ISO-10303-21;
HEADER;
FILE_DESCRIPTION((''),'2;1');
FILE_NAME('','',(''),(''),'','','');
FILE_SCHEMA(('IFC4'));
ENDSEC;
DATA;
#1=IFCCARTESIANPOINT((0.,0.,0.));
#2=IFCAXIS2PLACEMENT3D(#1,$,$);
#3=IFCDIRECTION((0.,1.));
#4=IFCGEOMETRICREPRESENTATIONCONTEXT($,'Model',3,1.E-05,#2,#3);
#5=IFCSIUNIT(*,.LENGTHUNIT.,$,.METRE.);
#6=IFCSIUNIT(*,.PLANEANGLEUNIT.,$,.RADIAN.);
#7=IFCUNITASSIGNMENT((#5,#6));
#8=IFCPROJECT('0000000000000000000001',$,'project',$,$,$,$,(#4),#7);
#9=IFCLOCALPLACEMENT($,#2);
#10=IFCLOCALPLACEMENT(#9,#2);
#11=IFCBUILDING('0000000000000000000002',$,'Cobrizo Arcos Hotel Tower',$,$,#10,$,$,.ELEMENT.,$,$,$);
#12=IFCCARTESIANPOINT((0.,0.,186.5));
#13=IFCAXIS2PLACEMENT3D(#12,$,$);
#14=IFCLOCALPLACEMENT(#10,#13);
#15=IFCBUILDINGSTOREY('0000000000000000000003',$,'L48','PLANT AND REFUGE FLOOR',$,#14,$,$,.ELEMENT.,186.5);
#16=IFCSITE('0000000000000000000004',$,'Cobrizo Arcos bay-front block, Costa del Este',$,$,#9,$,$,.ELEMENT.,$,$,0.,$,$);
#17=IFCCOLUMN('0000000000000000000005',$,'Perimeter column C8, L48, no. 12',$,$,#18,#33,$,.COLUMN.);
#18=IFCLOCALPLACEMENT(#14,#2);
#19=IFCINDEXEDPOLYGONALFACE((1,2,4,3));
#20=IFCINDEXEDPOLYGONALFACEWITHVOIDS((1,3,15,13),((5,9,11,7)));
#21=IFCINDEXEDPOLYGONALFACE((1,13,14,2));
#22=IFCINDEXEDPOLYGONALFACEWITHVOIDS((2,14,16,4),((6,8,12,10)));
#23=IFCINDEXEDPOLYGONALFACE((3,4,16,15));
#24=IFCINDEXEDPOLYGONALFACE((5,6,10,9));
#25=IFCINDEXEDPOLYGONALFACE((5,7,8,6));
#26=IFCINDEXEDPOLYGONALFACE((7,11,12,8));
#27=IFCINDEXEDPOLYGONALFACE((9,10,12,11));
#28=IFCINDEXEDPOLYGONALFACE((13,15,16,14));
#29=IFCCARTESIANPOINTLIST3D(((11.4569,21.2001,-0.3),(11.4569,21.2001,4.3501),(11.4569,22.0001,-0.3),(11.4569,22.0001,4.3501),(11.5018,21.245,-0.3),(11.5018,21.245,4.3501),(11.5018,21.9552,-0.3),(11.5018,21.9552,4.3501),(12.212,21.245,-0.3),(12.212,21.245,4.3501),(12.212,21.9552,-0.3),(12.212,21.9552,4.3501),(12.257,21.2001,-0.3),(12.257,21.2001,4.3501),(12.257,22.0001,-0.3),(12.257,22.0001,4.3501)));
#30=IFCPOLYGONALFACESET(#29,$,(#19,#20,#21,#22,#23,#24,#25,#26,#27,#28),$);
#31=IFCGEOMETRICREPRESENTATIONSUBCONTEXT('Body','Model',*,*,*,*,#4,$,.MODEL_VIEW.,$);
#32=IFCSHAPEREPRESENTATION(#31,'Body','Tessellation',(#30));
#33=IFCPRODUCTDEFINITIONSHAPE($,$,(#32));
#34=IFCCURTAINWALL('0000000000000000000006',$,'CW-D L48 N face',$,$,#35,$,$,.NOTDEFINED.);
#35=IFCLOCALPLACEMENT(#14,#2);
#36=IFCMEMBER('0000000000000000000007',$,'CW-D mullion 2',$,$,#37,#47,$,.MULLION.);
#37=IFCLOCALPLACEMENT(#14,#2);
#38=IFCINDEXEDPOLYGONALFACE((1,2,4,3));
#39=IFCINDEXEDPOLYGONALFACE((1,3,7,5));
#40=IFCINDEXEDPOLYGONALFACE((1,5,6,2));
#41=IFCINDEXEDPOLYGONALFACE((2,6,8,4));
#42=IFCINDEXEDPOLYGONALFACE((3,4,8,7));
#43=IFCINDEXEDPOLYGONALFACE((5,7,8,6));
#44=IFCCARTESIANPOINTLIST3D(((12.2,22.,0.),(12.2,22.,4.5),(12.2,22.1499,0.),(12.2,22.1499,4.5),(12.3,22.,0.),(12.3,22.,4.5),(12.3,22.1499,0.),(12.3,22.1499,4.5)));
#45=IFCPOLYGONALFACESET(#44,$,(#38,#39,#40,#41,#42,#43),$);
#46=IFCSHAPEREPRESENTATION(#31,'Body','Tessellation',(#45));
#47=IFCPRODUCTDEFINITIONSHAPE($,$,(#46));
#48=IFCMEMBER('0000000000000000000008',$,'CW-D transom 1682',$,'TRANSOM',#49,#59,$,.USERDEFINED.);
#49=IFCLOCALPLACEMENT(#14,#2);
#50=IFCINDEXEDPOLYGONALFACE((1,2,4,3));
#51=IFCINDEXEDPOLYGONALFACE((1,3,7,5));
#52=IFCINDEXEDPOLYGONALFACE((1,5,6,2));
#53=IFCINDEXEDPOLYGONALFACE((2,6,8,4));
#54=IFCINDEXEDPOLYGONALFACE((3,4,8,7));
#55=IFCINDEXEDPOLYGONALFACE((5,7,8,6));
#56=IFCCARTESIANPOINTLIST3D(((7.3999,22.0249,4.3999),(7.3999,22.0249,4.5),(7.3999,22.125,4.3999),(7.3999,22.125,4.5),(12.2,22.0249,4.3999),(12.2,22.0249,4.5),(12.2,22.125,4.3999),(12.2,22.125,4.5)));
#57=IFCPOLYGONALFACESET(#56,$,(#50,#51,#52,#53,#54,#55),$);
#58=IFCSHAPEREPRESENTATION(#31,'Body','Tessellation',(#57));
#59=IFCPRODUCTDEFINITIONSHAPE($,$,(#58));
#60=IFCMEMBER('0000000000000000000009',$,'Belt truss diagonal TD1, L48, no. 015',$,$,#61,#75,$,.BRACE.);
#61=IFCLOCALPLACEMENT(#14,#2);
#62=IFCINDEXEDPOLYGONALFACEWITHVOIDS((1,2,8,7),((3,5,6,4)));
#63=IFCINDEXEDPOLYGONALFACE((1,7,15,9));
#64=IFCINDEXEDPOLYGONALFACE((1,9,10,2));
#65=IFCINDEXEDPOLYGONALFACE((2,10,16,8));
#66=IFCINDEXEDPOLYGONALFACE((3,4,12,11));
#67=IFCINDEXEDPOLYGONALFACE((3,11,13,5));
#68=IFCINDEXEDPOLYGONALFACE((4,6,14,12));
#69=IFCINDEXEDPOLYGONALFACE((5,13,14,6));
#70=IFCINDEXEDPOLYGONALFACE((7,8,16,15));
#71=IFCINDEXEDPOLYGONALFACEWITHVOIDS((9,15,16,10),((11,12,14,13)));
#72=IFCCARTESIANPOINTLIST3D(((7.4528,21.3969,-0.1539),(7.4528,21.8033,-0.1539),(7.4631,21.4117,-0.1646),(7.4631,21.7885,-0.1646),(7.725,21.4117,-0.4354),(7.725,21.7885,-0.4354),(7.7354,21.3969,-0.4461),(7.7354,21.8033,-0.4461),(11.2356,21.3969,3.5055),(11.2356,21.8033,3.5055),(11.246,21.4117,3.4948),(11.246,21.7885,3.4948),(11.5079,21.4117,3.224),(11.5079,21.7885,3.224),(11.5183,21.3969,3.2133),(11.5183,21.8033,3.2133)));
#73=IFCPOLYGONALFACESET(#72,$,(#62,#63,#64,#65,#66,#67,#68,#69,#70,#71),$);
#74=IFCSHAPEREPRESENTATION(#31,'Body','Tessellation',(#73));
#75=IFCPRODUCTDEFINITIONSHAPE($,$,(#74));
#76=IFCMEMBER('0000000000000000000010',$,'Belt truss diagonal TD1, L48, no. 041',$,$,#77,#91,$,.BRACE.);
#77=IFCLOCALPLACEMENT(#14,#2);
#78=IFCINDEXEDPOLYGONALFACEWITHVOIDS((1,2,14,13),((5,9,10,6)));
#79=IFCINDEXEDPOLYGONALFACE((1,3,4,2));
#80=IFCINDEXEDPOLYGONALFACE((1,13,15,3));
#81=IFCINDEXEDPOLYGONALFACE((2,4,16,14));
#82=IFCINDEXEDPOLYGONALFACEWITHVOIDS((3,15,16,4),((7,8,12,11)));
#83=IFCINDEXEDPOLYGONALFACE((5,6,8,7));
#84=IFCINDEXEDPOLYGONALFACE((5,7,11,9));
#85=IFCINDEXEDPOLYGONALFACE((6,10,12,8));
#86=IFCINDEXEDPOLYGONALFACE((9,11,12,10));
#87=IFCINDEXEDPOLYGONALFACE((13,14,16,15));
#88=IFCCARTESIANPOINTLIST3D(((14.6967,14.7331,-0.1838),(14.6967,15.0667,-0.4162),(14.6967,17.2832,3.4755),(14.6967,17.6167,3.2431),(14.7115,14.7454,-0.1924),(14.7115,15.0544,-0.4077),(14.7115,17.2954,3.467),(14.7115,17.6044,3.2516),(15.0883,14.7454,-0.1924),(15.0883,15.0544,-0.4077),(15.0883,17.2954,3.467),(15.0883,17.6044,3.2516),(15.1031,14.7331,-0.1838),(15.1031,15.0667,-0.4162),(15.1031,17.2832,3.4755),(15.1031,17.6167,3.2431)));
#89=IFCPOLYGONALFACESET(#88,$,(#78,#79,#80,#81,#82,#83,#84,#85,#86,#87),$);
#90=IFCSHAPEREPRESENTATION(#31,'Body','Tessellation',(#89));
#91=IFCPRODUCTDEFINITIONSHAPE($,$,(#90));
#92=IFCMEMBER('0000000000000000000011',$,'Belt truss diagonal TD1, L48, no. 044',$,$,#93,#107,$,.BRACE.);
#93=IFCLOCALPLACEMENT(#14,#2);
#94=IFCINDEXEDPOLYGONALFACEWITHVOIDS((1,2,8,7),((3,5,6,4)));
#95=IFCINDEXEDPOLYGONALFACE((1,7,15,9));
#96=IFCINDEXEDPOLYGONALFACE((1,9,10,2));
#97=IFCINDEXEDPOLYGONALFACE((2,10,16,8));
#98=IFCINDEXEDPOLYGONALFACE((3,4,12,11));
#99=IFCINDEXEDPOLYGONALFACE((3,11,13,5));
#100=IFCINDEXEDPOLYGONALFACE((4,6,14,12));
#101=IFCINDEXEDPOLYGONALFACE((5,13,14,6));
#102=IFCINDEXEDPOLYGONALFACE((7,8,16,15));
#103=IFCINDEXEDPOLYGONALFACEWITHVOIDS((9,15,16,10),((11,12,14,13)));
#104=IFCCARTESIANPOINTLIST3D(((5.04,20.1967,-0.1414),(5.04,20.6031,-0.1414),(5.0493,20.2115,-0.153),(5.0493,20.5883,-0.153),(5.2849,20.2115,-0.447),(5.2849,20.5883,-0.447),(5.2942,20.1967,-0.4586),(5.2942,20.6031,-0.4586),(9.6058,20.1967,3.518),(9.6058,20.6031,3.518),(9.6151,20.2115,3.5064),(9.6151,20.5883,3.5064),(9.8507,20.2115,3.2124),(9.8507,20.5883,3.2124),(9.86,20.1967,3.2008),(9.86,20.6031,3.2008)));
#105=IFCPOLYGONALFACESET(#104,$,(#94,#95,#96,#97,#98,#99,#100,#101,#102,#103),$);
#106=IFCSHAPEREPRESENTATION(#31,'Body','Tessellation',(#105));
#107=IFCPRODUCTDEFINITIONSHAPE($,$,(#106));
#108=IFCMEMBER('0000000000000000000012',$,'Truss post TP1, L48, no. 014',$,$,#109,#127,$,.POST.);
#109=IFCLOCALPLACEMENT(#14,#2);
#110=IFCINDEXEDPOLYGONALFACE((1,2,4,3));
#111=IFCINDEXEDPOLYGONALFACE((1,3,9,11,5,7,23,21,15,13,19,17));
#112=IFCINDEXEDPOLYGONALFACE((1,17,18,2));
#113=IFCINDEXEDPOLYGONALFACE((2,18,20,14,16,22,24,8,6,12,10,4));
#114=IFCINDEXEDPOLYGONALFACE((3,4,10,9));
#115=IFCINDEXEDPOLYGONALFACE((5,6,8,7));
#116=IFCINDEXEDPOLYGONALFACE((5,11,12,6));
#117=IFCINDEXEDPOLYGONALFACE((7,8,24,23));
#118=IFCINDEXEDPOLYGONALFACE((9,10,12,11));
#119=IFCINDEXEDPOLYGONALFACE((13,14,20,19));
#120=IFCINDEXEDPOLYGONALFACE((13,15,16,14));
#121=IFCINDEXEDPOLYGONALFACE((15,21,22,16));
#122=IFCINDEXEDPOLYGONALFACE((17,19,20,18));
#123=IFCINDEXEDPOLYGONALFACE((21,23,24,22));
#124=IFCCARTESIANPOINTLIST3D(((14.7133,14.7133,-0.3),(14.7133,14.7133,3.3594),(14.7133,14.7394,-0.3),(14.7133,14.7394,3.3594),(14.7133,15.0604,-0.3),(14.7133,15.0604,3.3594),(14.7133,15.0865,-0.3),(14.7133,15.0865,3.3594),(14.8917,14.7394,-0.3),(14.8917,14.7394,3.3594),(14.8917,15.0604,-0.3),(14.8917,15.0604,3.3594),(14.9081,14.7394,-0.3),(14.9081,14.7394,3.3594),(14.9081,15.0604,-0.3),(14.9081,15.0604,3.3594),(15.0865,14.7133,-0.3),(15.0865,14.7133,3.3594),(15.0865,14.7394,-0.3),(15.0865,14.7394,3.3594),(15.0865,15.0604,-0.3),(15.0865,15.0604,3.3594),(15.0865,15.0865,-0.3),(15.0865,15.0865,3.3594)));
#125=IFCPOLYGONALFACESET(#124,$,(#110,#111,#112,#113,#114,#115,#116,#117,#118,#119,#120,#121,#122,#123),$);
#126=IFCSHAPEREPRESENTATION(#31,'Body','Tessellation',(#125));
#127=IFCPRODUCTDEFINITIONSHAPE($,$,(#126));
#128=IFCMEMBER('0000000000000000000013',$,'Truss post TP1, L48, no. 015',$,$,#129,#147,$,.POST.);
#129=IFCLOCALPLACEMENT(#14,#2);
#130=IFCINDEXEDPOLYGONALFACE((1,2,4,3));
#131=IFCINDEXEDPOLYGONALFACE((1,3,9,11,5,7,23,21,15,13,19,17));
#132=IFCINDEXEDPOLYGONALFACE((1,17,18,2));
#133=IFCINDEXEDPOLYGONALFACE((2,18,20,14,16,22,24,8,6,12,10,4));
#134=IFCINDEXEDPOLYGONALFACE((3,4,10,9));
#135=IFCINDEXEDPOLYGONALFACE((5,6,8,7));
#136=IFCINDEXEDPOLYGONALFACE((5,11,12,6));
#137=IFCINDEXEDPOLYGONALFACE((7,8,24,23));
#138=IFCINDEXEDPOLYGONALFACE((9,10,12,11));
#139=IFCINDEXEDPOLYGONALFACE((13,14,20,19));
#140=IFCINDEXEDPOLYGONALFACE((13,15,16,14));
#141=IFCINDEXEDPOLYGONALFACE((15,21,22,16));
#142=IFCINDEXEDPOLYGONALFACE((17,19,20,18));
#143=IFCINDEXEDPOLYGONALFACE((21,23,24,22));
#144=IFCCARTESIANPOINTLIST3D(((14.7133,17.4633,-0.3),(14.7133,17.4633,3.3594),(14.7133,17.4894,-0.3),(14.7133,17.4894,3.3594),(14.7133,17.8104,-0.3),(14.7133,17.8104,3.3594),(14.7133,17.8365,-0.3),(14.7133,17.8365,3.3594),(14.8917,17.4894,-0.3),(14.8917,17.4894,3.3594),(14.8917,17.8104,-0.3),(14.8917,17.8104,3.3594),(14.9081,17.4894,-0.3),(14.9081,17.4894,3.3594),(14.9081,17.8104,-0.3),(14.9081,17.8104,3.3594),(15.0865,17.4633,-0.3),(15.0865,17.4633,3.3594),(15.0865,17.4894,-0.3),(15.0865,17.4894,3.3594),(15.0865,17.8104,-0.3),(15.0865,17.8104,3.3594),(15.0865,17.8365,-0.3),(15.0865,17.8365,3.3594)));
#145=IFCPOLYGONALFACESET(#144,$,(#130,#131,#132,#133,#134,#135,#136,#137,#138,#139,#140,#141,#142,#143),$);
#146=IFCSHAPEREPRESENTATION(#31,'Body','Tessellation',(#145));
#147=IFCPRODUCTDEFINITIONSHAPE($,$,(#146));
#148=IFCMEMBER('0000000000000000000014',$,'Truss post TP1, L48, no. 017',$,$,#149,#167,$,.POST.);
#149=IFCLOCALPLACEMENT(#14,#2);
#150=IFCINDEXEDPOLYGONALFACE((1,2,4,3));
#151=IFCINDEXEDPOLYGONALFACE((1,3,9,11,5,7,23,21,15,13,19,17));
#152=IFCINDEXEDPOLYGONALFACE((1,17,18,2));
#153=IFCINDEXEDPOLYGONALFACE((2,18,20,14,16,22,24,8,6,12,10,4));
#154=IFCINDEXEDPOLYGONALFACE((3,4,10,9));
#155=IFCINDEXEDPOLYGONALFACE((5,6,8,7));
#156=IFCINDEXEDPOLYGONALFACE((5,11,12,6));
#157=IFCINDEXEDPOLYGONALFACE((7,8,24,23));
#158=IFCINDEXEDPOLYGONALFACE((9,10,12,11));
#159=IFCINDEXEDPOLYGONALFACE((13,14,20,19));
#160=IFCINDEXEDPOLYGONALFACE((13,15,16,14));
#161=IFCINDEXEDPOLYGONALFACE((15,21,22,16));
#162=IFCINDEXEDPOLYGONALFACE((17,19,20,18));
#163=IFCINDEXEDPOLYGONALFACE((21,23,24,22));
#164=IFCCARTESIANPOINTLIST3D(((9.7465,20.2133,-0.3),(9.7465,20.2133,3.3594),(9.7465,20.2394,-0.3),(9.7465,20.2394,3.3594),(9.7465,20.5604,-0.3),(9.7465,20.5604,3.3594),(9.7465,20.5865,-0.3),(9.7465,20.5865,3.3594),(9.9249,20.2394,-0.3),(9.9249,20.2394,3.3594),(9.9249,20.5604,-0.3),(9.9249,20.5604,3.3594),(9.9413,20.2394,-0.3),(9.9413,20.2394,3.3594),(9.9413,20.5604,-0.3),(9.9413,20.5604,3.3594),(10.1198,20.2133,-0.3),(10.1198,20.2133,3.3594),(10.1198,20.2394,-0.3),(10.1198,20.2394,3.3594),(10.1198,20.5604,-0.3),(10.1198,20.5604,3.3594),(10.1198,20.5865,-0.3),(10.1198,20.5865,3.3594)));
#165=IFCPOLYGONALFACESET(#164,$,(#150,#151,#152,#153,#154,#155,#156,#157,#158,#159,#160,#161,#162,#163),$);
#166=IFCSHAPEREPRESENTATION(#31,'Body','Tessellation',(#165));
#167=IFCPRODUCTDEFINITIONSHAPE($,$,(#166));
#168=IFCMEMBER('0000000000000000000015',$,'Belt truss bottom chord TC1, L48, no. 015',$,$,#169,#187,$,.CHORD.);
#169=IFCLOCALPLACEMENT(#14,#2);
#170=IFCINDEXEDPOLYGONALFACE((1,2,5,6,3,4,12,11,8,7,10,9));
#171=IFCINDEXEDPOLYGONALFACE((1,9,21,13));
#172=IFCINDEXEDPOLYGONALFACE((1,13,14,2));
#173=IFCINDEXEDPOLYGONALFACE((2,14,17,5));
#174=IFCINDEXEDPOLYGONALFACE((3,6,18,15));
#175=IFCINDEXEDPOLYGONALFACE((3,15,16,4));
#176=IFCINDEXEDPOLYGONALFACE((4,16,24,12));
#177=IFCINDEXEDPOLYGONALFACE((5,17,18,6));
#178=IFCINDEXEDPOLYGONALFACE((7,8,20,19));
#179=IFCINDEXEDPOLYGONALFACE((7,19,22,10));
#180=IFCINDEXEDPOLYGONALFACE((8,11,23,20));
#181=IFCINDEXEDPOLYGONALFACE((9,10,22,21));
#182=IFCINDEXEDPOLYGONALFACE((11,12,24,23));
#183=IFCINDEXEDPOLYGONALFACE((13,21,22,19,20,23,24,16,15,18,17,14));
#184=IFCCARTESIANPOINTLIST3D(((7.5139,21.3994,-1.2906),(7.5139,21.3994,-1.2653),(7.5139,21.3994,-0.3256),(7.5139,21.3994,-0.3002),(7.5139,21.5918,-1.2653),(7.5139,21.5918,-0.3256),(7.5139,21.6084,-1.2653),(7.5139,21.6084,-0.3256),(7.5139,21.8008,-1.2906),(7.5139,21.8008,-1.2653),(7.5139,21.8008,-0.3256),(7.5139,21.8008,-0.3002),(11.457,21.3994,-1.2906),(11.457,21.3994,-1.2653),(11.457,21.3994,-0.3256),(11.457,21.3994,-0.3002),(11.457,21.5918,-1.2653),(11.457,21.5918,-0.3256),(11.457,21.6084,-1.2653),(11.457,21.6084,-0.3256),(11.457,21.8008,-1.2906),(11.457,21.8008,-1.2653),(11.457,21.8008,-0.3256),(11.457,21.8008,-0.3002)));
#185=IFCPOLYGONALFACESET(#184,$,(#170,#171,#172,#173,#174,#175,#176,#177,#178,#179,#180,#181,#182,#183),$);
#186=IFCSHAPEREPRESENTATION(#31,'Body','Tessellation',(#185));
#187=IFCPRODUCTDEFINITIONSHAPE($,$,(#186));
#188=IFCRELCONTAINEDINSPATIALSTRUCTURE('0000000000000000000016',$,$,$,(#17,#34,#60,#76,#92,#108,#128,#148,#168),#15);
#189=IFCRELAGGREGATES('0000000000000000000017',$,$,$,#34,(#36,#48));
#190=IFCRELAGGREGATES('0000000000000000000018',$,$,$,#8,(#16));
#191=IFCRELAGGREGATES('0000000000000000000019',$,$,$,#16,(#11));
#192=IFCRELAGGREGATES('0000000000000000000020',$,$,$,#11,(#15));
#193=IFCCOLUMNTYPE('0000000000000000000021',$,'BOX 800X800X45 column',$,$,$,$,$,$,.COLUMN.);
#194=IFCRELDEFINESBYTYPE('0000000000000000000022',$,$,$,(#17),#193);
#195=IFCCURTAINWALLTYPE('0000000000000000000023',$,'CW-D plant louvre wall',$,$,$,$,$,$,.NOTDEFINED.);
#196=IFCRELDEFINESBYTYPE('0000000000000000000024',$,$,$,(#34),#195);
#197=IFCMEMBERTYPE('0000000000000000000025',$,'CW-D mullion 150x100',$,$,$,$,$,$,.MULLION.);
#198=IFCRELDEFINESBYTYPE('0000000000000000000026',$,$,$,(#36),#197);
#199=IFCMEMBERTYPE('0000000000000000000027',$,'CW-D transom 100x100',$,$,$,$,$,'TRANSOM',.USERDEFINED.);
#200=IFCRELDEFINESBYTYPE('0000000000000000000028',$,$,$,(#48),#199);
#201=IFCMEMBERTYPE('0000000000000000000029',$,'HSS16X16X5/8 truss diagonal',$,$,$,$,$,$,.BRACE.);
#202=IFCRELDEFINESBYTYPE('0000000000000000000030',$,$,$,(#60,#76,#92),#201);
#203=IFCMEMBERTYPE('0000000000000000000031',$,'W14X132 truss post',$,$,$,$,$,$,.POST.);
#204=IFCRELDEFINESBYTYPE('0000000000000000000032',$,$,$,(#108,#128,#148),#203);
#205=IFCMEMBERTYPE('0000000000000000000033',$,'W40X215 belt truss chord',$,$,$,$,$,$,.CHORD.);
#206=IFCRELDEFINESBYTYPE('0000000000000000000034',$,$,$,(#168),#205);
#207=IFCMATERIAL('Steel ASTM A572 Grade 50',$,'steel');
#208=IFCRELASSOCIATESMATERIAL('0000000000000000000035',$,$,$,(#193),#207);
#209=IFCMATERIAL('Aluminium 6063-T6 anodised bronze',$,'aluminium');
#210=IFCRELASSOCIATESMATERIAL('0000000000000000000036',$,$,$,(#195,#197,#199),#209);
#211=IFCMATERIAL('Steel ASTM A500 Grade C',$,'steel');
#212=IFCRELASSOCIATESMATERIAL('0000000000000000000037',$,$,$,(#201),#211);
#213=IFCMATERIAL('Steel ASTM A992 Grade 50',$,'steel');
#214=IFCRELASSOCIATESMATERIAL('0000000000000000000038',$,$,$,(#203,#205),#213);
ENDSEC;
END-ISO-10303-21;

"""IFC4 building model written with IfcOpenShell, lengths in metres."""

from ifc_helpers import new_model, si_unit, direction, frame, origin, origin_2d, place, context, subcontext, project, spatial, rectangle, hollow_rectangle, i_section, extrude, material, material_profile, profile_set, type_object, element, aggregate, save


model = new_model("IFC4")

# Units and contexts
model_context = context("Model", 3, precision=1e-05, world=origin(), true_north=direction((0.0, 1.0)))
body_context = subcontext(model_context, "Body", "Model", "MODEL_VIEW")
ifc_project = project(units=[si_unit("LENGTHUNIT", "METRE"), si_unit("PLANEANGLEUNIT", "RADIAN")], contexts=[model_context])

# Site, building, storey
site_placement = place(None, origin())
site = spatial("IfcSite", under=ifc_project, at=site_placement, Name="Cobrizo Arcos bay-front block, Costa del Este", CompositionType="ELEMENT", RefElevation=0.0)
building_placement = place(site_placement, origin())
building = spatial("IfcBuilding", under=site, at=building_placement, Name="Cobrizo Arcos Hotel Tower", CompositionType="ELEMENT")
storey_placement = place(building_placement, frame((0.0, 0.0, 186.5)))
storey = spatial("IfcBuildingStorey", under=building, at=storey_placement, Name="L48", Description="PLANT AND REFUGE FLOOR", CompositionType="ELEMENT", Elevation=186.5)

# Column
ifc_material_1 = material(Name="Steel ASTM A572 Grade 50", Category="steel")
ifc_material_profile_1 = material_profile(ifc_material_1, hollow_rectangle(XDim=0.8, YDim=0.8, WallThickness=0.0449, at=origin_2d()), Name="BOX 800X800X45")
ifc_profile_set_1 = profile_set([ifc_material_profile_1], Name="Steel ASTM A572 Grade 50")
column_type = type_object("IfcColumnType", Name="BOX 800X800X45 column", PredefinedType="COLUMN", material=ifc_profile_set_1)
column_placement = place(storey_placement, frame((11.8569, 21.6001, -0.3), z_axis=(0.0, 0.0, 1.0), x_axis=(1.0, 0.0, 0.0)))
element("IfcColumn", 1, at=column_placement, inside=storey, type_object=column_type, Name="Perimeter column C8, L48, no. 12", PredefinedType="COLUMN", context=body_context, shape_type="SweptSolid", body=[
    extrude(hollow_rectangle(XDim=0.8, YDim=0.8, WallThickness=0.0449, at=origin_2d()), origin(), (0.0, 0.0, 1.0), 4.6501),
])

# Curtain wall, members
ifc_material_2 = material(Name="Aluminium 6063-T6 anodised bronze", Category="aluminium")
curtain_wall_type = type_object("IfcCurtainWallType", Name="CW-D plant louvre wall", PredefinedType="NOTDEFINED", material=ifc_material_2)
curtain_wall_placement = place(storey_placement, origin())
curtain_wall = element("IfcCurtainWall", 2, at=curtain_wall_placement, inside=storey, type_object=curtain_wall_type, Name="CW-D L48 N face", PredefinedType="NOTDEFINED")
ifc_material_profile_2 = material_profile(ifc_material_2, rectangle(XDim=0.1499, YDim=0.1001, at=origin_2d()), Name="CW-D mullion 150x100")
ifc_profile_set_2 = profile_set([ifc_material_profile_2], Name="Aluminium 6063-T6 anodised bronze")
member_type_1 = type_object("IfcMemberType", Name="CW-D mullion 150x100", PredefinedType="MULLION", material=ifc_profile_set_2)
member_1_placement = place(storey_placement, frame((12.25, 22.075, 0.0), z_axis=(0.0, 0.0, 1.0), x_axis=(0.0, 1.0, 0.0)))
member_1 = element("IfcMember", 3, at=member_1_placement, type_object=member_type_1, Name="CW-D mullion 2", PredefinedType="MULLION", context=body_context, shape_type="SweptSolid", body=[
    extrude(rectangle(XDim=0.1499, YDim=0.1001, at=origin_2d()), origin(), (0.0, 0.0, 1.0), 4.5),
])
ifc_material_profile_3 = material_profile(ifc_material_2, rectangle(XDim=0.1001, YDim=0.1001, at=origin_2d()), Name="CW-D transom 100x100")
ifc_profile_set_3 = profile_set([ifc_material_profile_3], Name="Aluminium 6063-T6 anodised bronze")
member_type_2 = type_object("IfcMemberType", Name="CW-D transom 100x100", ElementType="TRANSOM", PredefinedType="USERDEFINED", material=ifc_profile_set_3)
member_2_placement = place(storey_placement, frame((12.2, 22.075, 4.45), z_axis=(-1.0, 0.0, 0.0), x_axis=(0.0, -1.0, 0.0)))
member_2 = element("IfcMember", 4, at=member_2_placement, type_object=member_type_2, Name="CW-D transom 1682", ObjectType="TRANSOM", PredefinedType="USERDEFINED", context=body_context, shape_type="SweptSolid", body=[
    extrude(rectangle(XDim=0.1001, YDim=0.1001, at=origin_2d()), origin(), (0.0, 0.0, 1.0), 4.8),
])

# Members
ifc_material_3 = material(Name="Steel ASTM A500 Grade C", Category="steel")
ifc_material_profile_4 = material_profile(ifc_material_3, hollow_rectangle(XDim=0.4065, YDim=0.4065, WallThickness=0.0149, at=origin_2d()), Name="HSS16X16X5/8")
ifc_profile_set_4 = profile_set([ifc_material_profile_4], Name="Steel ASTM A500 Grade C")
member_type_3 = type_object("IfcMemberType", Name="HSS16X16X5/8 truss diagonal", PredefinedType="BRACE", material=ifc_profile_set_4)
member_3_placement = place(storey_placement, frame((11.377, 21.6001, 3.3594), z_axis=(-0.718745, 0.0, -0.695274), x_axis=(0.0, -1.0, 0.0)))
element("IfcMember", 5, at=member_3_placement, inside=storey, type_object=member_type_3, Name="Belt truss diagonal TD1, L48, no. 015", PredefinedType="BRACE", context=body_context, shape_type="SweptSolid", body=[
    extrude(hollow_rectangle(XDim=0.4065, YDim=0.4065, WallThickness=0.0149, at=origin_2d()), origin(), (0.0, 0.0, 1.0), 5.2632),
])
member_4_placement = place(storey_placement, frame((14.8999, 14.8999, -0.3), z_axis=(0.0, 0.571723, 0.820446), x_axis=(-1.0, 0.0, 0.0)))
element("IfcMember", 6, at=member_4_placement, inside=storey, type_object=member_type_3, Name="Belt truss diagonal TD1, L48, no. 041", PredefinedType="BRACE", context=body_context, shape_type="SweptSolid", body=[
    extrude(hollow_rectangle(XDim=0.4065, YDim=0.4065, WallThickness=0.0149, at=origin_2d()), origin(), (0.0, 0.0, 1.0), 4.4602),
])
member_5_placement = place(storey_placement, frame((9.7329, 20.3999, 3.3594), z_axis=(-0.780311, 0.0, -0.625392), x_axis=(0.0, -1.0, 0.0)))
element("IfcMember", 7, at=member_5_placement, inside=storey, type_object=member_type_3, Name="Belt truss diagonal TD1, L48, no. 044", PredefinedType="BRACE", context=body_context, shape_type="SweptSolid", body=[
    extrude(hollow_rectangle(XDim=0.4065, YDim=0.4065, WallThickness=0.0149, at=origin_2d()), origin(), (0.0, 0.0, 1.0), 5.8513),
])
ifc_material_4 = material(Name="Steel ASTM A992 Grade 50", Category="steel")
ifc_material_profile_5 = material_profile(ifc_material_4, i_section(OverallWidth=0.3733, OverallDepth=0.3733, WebThickness=0.0164, FlangeThickness=0.0261, at=origin_2d()), Name="W14X132")
ifc_profile_set_5 = profile_set([ifc_material_profile_5], Name="Steel ASTM A992 Grade 50")
member_type_4 = type_object("IfcMemberType", Name="W14X132 truss post", PredefinedType="POST", material=ifc_profile_set_5)
for number, where, z_axis, x_axis, name in (
    (8, (14.8999, 14.8999, -0.3), (0.0, 0.0, 1.0), (1.0, 0.0, 0.0), "Truss post TP1, L48, no. 014"),
    (9, (14.8999, 17.6499, -0.3), (0.0, 0.0, 1.0), (1.0, 0.0, 0.0), "Truss post TP1, L48, no. 015"),
    (10, (9.9331, 20.3999, -0.3), (0.0, 0.0, 1.0), (1.0, 0.0, 0.0), "Truss post TP1, L48, no. 017"),
):
    element("IfcMember", number, at=place(storey_placement, frame(where, z_axis=z_axis, x_axis=x_axis)), inside=storey, type_object=member_type_4, Name=name, PredefinedType="POST", context=body_context, shape_type="SweptSolid", body=[
        extrude(i_section(OverallWidth=0.3733, OverallDepth=0.3733, WebThickness=0.0164, FlangeThickness=0.0261, at=origin_2d()), origin(), (0.0, 0.0, 1.0), 3.6594),
    ])
ifc_material_profile_6 = material_profile(ifc_material_4, i_section(OverallWidth=0.4014, OverallDepth=0.9905, WebThickness=0.0166, FlangeThickness=0.0254, at=origin_2d()), Name="W40X215")
ifc_profile_set_6 = profile_set([ifc_material_profile_6], Name="Steel ASTM A992 Grade 50")
member_type_5 = type_object("IfcMemberType", Name="W40X215 belt truss chord", PredefinedType="CHORD", material=ifc_profile_set_6)
for number, where, z_axis, x_axis, name in (
    (11, (11.457, 21.6001, -0.7954), (-1.0, 0.0, 0.0), (0.0, -1.0, 0.0), "Belt truss bottom chord TC1, L48, no. 015"),
):
    element("IfcMember", number, at=place(storey_placement, frame(where, z_axis=z_axis, x_axis=x_axis)), inside=storey, type_object=member_type_5, Name=name, PredefinedType="CHORD", context=body_context, shape_type="SweptSolid", body=[
        extrude(i_section(OverallWidth=0.4014, OverallDepth=0.9905, WebThickness=0.0166, FlangeThickness=0.0254, at=origin_2d()), origin(), (0.0, 0.0, 1.0), 3.9431),
    ])

aggregate(curtain_wall, [member_1, member_2])

save(model, "model.ifc")
